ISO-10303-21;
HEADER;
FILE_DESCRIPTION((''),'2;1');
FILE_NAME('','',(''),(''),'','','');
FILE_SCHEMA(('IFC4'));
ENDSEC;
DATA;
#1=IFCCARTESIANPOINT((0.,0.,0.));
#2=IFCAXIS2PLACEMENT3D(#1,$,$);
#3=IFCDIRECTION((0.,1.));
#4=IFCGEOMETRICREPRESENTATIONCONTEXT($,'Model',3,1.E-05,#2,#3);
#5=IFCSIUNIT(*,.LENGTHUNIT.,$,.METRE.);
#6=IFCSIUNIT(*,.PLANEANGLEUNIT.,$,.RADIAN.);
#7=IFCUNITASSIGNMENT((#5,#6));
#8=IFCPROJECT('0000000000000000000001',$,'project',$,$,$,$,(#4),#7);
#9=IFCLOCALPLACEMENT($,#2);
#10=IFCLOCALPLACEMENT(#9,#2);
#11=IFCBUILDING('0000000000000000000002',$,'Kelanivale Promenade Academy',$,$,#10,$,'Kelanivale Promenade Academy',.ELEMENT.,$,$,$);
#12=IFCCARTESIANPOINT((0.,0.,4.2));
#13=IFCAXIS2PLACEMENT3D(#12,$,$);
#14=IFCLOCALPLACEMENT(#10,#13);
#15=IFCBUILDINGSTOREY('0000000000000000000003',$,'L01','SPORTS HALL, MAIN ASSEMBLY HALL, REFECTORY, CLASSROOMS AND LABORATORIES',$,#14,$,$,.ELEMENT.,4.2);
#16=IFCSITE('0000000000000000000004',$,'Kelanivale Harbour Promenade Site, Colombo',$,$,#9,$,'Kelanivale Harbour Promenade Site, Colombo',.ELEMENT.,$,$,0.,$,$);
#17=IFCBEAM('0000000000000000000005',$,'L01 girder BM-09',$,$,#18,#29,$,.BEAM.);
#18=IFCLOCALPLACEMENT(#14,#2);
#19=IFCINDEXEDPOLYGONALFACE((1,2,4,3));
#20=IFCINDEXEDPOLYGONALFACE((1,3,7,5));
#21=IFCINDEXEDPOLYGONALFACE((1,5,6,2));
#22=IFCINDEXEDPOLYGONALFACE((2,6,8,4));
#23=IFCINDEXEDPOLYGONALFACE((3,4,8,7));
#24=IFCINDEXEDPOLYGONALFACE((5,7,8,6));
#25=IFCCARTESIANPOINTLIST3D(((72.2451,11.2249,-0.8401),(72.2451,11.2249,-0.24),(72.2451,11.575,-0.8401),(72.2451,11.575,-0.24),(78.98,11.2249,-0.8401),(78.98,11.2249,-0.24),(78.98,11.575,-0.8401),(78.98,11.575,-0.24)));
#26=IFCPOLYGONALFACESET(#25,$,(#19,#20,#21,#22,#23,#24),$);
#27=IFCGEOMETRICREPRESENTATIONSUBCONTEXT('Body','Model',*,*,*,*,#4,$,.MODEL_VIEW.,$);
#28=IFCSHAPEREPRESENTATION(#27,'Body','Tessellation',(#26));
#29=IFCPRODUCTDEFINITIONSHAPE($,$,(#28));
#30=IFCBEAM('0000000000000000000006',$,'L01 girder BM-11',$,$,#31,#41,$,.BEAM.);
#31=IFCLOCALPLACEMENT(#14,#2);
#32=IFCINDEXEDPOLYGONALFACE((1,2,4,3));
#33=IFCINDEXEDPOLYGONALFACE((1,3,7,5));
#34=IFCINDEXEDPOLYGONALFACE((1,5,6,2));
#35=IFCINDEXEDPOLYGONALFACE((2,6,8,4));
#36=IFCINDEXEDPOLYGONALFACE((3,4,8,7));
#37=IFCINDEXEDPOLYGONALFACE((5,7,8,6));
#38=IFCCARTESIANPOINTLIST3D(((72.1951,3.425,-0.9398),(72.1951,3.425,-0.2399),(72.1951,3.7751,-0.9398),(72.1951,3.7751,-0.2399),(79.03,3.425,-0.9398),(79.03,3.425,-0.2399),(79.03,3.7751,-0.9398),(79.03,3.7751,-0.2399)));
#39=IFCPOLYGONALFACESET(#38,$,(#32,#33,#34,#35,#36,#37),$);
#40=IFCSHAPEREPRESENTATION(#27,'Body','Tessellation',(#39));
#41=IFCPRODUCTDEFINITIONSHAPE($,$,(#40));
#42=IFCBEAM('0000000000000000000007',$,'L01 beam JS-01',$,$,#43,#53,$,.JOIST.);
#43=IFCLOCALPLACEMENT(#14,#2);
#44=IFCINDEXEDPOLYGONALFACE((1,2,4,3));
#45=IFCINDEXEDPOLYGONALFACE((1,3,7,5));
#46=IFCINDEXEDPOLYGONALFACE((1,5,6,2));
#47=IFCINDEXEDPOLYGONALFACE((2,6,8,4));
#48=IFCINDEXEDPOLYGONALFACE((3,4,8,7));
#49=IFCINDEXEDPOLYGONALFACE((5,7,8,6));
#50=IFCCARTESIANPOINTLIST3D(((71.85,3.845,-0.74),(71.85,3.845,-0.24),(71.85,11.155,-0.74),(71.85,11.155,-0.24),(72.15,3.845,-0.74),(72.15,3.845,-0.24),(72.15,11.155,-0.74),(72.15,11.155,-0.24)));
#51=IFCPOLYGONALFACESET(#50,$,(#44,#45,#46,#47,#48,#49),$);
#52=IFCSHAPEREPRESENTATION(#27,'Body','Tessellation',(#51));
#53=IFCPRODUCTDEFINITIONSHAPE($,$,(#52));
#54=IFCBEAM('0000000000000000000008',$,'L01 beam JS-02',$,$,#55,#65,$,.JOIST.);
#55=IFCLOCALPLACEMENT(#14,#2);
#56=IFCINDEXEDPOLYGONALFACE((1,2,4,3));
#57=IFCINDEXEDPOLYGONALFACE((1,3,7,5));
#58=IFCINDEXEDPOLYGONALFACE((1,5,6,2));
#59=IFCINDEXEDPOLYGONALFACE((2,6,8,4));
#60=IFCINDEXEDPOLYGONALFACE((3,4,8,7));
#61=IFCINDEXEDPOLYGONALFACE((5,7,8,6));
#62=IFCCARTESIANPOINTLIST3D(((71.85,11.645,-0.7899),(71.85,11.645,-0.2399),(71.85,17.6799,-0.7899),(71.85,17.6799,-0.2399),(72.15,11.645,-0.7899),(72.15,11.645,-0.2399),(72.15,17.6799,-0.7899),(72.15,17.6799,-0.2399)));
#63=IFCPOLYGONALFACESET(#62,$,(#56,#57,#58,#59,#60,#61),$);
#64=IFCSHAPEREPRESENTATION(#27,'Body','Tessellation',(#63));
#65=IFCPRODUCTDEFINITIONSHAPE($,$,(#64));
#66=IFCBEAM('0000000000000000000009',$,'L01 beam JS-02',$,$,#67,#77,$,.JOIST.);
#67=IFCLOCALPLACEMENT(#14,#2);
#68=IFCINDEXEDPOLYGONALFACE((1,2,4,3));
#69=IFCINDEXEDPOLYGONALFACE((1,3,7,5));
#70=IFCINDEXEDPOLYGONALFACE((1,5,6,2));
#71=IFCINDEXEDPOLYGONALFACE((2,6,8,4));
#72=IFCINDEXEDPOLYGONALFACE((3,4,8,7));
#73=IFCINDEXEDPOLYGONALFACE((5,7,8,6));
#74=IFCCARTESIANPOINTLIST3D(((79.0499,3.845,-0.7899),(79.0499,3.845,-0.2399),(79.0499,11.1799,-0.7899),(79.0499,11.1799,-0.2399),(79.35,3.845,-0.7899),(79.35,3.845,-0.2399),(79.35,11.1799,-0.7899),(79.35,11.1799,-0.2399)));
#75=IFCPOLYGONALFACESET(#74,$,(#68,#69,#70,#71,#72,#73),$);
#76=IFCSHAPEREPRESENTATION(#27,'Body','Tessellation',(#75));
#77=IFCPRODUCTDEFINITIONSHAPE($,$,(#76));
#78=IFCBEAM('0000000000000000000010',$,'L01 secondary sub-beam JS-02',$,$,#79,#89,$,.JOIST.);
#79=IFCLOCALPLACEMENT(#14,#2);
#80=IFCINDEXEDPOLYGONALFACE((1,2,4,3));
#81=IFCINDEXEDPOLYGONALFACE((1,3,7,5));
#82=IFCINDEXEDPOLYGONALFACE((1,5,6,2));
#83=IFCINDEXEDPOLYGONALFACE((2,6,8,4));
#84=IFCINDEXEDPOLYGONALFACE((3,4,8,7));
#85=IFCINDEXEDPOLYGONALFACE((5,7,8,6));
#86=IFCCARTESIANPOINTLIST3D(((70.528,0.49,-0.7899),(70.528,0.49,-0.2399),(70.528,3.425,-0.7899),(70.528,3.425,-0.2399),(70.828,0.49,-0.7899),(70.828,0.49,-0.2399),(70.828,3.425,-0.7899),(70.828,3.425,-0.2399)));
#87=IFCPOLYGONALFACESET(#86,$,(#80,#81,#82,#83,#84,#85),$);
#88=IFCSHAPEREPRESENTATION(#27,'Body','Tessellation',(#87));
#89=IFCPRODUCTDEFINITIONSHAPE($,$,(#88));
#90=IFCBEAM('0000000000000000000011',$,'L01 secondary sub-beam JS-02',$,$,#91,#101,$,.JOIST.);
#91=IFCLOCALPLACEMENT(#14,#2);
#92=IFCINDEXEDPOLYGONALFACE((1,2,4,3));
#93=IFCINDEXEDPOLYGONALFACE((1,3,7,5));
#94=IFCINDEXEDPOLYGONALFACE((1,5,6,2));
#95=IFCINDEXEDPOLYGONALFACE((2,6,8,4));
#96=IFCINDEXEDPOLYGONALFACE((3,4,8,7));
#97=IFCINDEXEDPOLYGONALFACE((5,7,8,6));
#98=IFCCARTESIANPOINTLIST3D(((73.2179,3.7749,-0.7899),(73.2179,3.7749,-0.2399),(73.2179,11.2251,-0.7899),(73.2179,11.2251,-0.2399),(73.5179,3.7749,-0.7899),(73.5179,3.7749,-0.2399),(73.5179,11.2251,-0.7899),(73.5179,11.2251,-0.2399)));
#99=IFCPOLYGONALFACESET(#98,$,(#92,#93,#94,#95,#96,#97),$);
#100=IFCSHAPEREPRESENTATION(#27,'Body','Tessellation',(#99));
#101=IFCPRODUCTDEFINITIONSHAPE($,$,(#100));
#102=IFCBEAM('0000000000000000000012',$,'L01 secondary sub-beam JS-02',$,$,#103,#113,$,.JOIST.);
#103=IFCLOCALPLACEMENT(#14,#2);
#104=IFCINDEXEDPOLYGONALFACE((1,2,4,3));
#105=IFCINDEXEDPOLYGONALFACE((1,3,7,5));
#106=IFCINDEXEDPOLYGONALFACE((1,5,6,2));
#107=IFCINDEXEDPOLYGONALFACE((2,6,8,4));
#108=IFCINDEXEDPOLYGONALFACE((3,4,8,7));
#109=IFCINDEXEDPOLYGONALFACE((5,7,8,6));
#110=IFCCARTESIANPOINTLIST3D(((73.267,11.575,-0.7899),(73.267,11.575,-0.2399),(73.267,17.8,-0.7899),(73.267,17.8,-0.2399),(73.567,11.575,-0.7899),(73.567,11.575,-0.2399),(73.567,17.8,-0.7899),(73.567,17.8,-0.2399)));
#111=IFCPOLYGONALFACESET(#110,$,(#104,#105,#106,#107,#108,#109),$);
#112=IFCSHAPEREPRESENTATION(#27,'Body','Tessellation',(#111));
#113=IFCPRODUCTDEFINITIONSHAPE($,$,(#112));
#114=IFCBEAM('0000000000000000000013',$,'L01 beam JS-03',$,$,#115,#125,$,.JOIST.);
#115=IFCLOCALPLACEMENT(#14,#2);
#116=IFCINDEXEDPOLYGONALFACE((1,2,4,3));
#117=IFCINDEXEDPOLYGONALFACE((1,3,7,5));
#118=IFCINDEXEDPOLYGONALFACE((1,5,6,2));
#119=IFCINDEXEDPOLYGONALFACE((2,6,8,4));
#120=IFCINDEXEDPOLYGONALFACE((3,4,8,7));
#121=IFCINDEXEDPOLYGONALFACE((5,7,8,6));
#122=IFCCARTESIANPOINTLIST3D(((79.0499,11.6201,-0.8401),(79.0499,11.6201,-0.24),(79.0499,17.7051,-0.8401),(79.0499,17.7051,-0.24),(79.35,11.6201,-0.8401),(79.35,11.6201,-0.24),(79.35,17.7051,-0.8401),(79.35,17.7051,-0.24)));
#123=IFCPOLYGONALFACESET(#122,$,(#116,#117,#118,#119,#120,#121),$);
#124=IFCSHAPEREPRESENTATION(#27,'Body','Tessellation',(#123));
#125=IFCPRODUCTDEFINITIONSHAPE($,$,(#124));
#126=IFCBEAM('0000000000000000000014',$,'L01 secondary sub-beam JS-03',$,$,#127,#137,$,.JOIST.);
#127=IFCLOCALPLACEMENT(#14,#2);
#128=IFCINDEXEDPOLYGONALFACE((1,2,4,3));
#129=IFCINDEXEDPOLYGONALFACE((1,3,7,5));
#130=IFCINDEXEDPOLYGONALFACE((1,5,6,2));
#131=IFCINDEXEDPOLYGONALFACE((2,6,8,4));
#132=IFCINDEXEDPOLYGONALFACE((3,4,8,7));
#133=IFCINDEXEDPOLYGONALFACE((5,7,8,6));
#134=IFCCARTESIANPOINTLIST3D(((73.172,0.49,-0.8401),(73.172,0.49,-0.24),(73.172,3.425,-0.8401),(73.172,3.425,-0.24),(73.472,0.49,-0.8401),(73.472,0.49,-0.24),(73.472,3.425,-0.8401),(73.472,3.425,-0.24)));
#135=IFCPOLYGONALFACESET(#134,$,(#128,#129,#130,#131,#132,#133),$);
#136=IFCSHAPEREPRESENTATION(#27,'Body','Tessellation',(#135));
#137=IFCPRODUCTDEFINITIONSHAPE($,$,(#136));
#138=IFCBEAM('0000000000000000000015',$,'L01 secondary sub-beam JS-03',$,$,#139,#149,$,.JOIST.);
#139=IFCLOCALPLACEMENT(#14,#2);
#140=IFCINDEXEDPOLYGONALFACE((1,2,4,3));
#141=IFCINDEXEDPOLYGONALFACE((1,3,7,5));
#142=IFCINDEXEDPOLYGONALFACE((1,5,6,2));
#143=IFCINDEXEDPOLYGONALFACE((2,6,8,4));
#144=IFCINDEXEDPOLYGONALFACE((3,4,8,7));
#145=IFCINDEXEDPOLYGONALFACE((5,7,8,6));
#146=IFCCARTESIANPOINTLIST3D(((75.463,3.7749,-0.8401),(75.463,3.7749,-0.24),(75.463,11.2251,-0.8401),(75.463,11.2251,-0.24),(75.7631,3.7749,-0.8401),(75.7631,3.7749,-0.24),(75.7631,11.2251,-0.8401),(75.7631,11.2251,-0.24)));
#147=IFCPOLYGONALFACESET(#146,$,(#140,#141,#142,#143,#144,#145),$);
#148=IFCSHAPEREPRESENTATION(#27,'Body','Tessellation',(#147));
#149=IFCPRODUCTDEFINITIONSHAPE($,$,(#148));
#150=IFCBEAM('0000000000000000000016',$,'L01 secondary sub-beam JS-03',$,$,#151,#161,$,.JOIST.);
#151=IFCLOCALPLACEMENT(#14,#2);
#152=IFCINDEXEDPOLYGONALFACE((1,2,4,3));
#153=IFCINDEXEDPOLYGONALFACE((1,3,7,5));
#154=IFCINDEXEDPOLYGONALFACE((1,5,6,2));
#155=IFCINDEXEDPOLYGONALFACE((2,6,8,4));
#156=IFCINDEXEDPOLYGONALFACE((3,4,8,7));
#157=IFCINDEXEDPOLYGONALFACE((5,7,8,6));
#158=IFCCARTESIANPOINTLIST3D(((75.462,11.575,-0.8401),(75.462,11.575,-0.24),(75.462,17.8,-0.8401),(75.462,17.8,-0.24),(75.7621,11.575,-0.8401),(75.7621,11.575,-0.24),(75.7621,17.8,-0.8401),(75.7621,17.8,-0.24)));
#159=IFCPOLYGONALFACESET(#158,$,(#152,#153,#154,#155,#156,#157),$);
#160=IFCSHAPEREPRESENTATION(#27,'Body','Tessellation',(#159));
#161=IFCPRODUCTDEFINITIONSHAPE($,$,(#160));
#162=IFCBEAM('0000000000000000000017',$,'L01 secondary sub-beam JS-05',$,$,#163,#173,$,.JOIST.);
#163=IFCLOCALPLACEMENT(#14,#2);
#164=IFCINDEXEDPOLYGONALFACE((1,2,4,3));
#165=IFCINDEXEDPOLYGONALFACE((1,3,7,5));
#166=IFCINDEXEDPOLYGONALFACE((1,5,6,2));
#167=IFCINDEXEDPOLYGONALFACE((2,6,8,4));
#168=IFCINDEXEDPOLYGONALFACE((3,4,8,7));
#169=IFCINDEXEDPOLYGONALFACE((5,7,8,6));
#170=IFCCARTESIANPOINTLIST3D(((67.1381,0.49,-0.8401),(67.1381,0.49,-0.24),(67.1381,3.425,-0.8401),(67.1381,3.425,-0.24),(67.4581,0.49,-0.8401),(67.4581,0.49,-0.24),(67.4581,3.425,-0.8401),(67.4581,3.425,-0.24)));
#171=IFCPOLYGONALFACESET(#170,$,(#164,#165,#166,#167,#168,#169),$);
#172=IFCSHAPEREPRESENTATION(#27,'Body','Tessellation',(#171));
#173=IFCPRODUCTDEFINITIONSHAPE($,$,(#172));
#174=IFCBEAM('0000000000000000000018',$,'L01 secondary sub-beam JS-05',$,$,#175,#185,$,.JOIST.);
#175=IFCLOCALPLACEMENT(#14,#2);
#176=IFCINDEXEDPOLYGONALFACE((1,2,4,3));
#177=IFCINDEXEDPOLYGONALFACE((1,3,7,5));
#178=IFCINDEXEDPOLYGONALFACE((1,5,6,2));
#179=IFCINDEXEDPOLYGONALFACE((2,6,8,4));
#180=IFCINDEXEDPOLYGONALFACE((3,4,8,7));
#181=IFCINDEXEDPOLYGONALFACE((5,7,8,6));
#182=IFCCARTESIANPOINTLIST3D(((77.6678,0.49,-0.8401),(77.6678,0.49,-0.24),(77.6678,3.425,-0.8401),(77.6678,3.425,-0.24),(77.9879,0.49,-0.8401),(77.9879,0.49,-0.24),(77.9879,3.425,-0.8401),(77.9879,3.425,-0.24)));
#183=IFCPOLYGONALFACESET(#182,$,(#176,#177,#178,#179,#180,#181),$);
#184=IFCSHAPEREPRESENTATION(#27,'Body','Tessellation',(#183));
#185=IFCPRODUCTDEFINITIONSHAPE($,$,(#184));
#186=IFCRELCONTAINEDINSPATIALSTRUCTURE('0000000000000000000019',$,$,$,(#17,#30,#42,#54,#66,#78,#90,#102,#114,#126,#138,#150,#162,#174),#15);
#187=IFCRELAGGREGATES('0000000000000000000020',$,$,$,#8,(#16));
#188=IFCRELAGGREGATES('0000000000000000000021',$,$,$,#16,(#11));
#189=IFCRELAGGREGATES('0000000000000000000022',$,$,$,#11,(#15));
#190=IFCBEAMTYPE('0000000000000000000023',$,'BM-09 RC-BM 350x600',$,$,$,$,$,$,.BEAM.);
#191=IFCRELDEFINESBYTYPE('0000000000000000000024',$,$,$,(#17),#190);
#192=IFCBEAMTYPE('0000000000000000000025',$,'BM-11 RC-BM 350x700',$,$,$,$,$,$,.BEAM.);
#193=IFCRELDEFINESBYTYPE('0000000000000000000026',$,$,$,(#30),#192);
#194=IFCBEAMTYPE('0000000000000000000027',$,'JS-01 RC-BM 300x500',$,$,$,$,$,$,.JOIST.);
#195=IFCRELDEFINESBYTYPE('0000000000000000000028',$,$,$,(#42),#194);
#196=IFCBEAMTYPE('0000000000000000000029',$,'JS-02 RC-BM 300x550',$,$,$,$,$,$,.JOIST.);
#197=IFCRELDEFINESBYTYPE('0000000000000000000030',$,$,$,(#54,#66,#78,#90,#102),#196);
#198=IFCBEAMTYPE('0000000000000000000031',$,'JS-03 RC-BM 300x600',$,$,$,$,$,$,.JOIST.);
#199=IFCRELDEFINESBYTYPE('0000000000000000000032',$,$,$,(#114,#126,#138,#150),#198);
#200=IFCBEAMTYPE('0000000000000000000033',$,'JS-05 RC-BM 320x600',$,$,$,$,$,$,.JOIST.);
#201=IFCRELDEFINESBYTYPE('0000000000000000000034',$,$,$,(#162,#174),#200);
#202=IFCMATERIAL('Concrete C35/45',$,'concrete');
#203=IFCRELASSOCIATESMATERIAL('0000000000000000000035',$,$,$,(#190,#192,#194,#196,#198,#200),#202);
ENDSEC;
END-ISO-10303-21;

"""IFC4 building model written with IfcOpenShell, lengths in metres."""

from ifc_helpers import new_model, si_unit, direction, frame, origin, origin_2d, place, context, subcontext, project, spatial, rectangle, extrude, material, material_profile, profile_set, type_object, element, save


model = new_model("IFC4")

# Units and contexts
model_context = context("Model", 3, precision=1e-05, world=origin(), true_north=direction((0.0, 1.0)))
body_context = subcontext(model_context, "Body", "Model", "MODEL_VIEW")
ifc_project = project(units=[si_unit("LENGTHUNIT", "METRE"), si_unit("PLANEANGLEUNIT", "RADIAN")], contexts=[model_context])

# Site, building, storey
site_placement = place(None, origin())
site = spatial("IfcSite", under=ifc_project, at=site_placement, Name="Kelanivale Harbour Promenade Site, Colombo", LongName="Kelanivale Harbour Promenade Site, Colombo", CompositionType="ELEMENT", RefElevation=0.0)
building_placement = place(site_placement, origin())
building = spatial("IfcBuilding", under=site, at=building_placement, Name="Kelanivale Promenade Academy", LongName="Kelanivale Promenade Academy", CompositionType="ELEMENT")
storey_placement = place(building_placement, frame((0.0, 0.0, 4.2)))
storey = spatial("IfcBuildingStorey", under=building, at=storey_placement, Name="L01", Description="SPORTS HALL, MAIN ASSEMBLY HALL, REFECTORY, CLASSROOMS AND LABORATORIES", CompositionType="ELEMENT", Elevation=4.2)

# Beams
ifc_material_1 = material(Name="Concrete C35/45", Category="concrete")
ifc_material_profile_1 = material_profile(ifc_material_1, rectangle(XDim=0.3501, YDim=0.6001, at=origin_2d()), Name="RC-BM 350x600")
ifc_profile_set_1 = profile_set([ifc_material_profile_1], Name="Concrete C35/45")
beam_type_1 = type_object("IfcBeamType", Name="BM-09 RC-BM 350x600", PredefinedType="BEAM", material=ifc_profile_set_1)
beam_1_placement = place(storey_placement, frame((72.2451, 11.3999, -0.54), z_axis=(1.0, 0.0, 0.0), x_axis=(0.0, 1.0, 0.0)))
element("IfcBeam", 1, at=beam_1_placement, inside=storey, type_object=beam_type_1, Name="L01 girder BM-09", PredefinedType="BEAM", context=body_context, shape_type="SweptSolid", body=[
    extrude(rectangle(XDim=0.3501, YDim=0.6001, at=origin_2d()), origin(), (0.0, 0.0, 1.0), 6.7349),
])
ifc_material_profile_2 = material_profile(ifc_material_1, rectangle(XDim=0.3501, YDim=0.7, at=origin_2d()), Name="RC-BM 350x700")
ifc_profile_set_2 = profile_set([ifc_material_profile_2], Name="Concrete C35/45")
beam_type_2 = type_object("IfcBeamType", Name="BM-11 RC-BM 350x700", PredefinedType="BEAM", material=ifc_profile_set_2)
beam_2_placement = place(storey_placement, frame((72.1951, 3.6001, -0.5898), z_axis=(1.0, 0.0, 0.0), x_axis=(0.0, 1.0, 0.0)))
element("IfcBeam", 2, at=beam_2_placement, inside=storey, type_object=beam_type_2, Name="L01 girder BM-11", PredefinedType="BEAM", context=body_context, shape_type="SweptSolid", body=[
    extrude(rectangle(XDim=0.3501, YDim=0.7, at=origin_2d()), origin(), (0.0, 0.0, 1.0), 6.835),
])
ifc_material_profile_3 = material_profile(ifc_material_1, rectangle(XDim=0.3, YDim=0.5, at=origin_2d()), Name="RC-BM 300x500")
ifc_profile_set_3 = profile_set([ifc_material_profile_3], Name="Concrete C35/45")
beam_type_3 = type_object("IfcBeamType", Name="JS-01 RC-BM 300x500", PredefinedType="JOIST", material=ifc_profile_set_3)
beam_3_placement = place(storey_placement, frame((72.0, 3.845, -0.49), z_axis=(0.0, 1.0, 0.0), x_axis=(-1.0, 0.0, 0.0)))
element("IfcBeam", 3, at=beam_3_placement, inside=storey, type_object=beam_type_3, Name="L01 beam JS-01", PredefinedType="JOIST", context=body_context, shape_type="SweptSolid", body=[
    extrude(rectangle(XDim=0.3, YDim=0.5, at=origin_2d()), origin(), (0.0, 0.0, 1.0), 7.3101),
])
ifc_material_profile_4 = material_profile(ifc_material_1, rectangle(XDim=0.3, YDim=0.55, at=origin_2d()), Name="RC-BM 300x550")
ifc_profile_set_4 = profile_set([ifc_material_profile_4], Name="Concrete C35/45")
beam_type_4 = type_object("IfcBeamType", Name="JS-02 RC-BM 300x550", PredefinedType="JOIST", material=ifc_profile_set_4)
beam_4_placement = place(storey_placement, frame((72.0, 11.645, -0.5149), z_axis=(0.0, 1.0, 0.0), x_axis=(-1.0, 0.0, 0.0)))
element("IfcBeam", 4, at=beam_4_placement, inside=storey, type_object=beam_type_4, Name="L01 beam JS-02", PredefinedType="JOIST", context=body_context, shape_type="SweptSolid", body=[
    extrude(rectangle(XDim=0.3, YDim=0.55, at=origin_2d()), origin(), (0.0, 0.0, 1.0), 6.0349),
])
beam_5_placement = place(storey_placement, frame((79.2, 3.845, -0.5149), z_axis=(0.0, 1.0, 0.0), x_axis=(-1.0, 0.0, 0.0)))
element("IfcBeam", 5, at=beam_5_placement, inside=storey, type_object=beam_type_4, Name="L01 beam JS-02", PredefinedType="JOIST", context=body_context, shape_type="SweptSolid", body=[
    extrude(rectangle(XDim=0.3, YDim=0.55, at=origin_2d()), origin(), (0.0, 0.0, 1.0), 7.335),
])
beam_6_placement = place(storey_placement, frame((70.678, 0.49, -0.5149), z_axis=(0.0, 1.0, 0.0), x_axis=(-1.0, 0.0, 0.0)))
element("IfcBeam", 6, at=beam_6_placement, inside=storey, type_object=beam_type_4, Name="L01 secondary sub-beam JS-02", PredefinedType="JOIST", context=body_context, shape_type="SweptSolid", body=[
    extrude(rectangle(XDim=0.3, YDim=0.55, at=origin_2d()), origin(), (0.0, 0.0, 1.0), 2.9351),
])
beam_7_placement = place(storey_placement, frame((73.3679, 3.7749, -0.5149), z_axis=(0.0, 1.0, 0.0), x_axis=(-1.0, 0.0, 0.0)))
element("IfcBeam", 7, at=beam_7_placement, inside=storey, type_object=beam_type_4, Name="L01 secondary sub-beam JS-02", PredefinedType="JOIST", context=body_context, shape_type="SweptSolid", body=[
    extrude(rectangle(XDim=0.3, YDim=0.55, at=origin_2d()), origin(), (0.0, 0.0, 1.0), 7.4502),
])
beam_8_placement = place(storey_placement, frame((73.417, 11.575, -0.5149), z_axis=(0.0, 1.0, 0.0), x_axis=(-1.0, 0.0, 0.0)))
element("IfcBeam", 8, at=beam_8_placement, inside=storey, type_object=beam_type_4, Name="L01 secondary sub-beam JS-02", PredefinedType="JOIST", context=body_context, shape_type="SweptSolid", body=[
    extrude(rectangle(XDim=0.3, YDim=0.55, at=origin_2d()), origin(), (0.0, 0.0, 1.0), 6.2251),
])
ifc_material_profile_5 = material_profile(ifc_material_1, rectangle(XDim=0.3, YDim=0.6001, at=origin_2d()), Name="RC-BM 300x600")
ifc_profile_set_5 = profile_set([ifc_material_profile_5], Name="Concrete C35/45")
beam_type_5 = type_object("IfcBeamType", Name="JS-03 RC-BM 300x600", PredefinedType="JOIST", material=ifc_profile_set_5)
beam_9_placement = place(storey_placement, frame((79.2, 11.6201, -0.54), z_axis=(0.0, 1.0, 0.0), x_axis=(-1.0, 0.0, 0.0)))
element("IfcBeam", 9, at=beam_9_placement, inside=storey, type_object=beam_type_5, Name="L01 beam JS-03", PredefinedType="JOIST", context=body_context, shape_type="SweptSolid", body=[
    extrude(rectangle(XDim=0.3, YDim=0.6001, at=origin_2d()), origin(), (0.0, 0.0, 1.0), 6.085),
])
beam_10_placement = place(storey_placement, frame((73.322, 0.49, -0.54), z_axis=(0.0, 1.0, 0.0), x_axis=(-1.0, 0.0, 0.0)))
element("IfcBeam", 10, at=beam_10_placement, inside=storey, type_object=beam_type_5, Name="L01 secondary sub-beam JS-03", PredefinedType="JOIST", context=body_context, shape_type="SweptSolid", body=[
    extrude(rectangle(XDim=0.3, YDim=0.6001, at=origin_2d()), origin(), (0.0, 0.0, 1.0), 2.9351),
])
beam_11_placement = place(storey_placement, frame((75.613, 3.7749, -0.54), z_axis=(0.0, 1.0, 0.0), x_axis=(-1.0, 0.0, 0.0)))
element("IfcBeam", 11, at=beam_11_placement, inside=storey, type_object=beam_type_5, Name="L01 secondary sub-beam JS-03", PredefinedType="JOIST", context=body_context, shape_type="SweptSolid", body=[
    extrude(rectangle(XDim=0.3, YDim=0.6001, at=origin_2d()), origin(), (0.0, 0.0, 1.0), 7.4502),
])
beam_12_placement = place(storey_placement, frame((75.6121, 11.575, -0.54), z_axis=(0.0, 1.0, 0.0), x_axis=(-1.0, 0.0, 0.0)))
element("IfcBeam", 12, at=beam_12_placement, inside=storey, type_object=beam_type_5, Name="L01 secondary sub-beam JS-03", PredefinedType="JOIST", context=body_context, shape_type="SweptSolid", body=[
    extrude(rectangle(XDim=0.3, YDim=0.6001, at=origin_2d()), origin(), (0.0, 0.0, 1.0), 6.2251),
])
ifc_material_profile_6 = material_profile(ifc_material_1, rectangle(XDim=0.3201, YDim=0.6001, at=origin_2d()), Name="RC-BM 320x600")
ifc_profile_set_6 = profile_set([ifc_material_profile_6], Name="Concrete C35/45")
beam_type_6 = type_object("IfcBeamType", Name="JS-05 RC-BM 320x600", PredefinedType="JOIST", material=ifc_profile_set_6)
for number, where, z_axis, x_axis, name in (
    (13, (67.2981, 0.49, -0.54), (0.0, 1.0, 0.0), (-1.0, 0.0, 0.0), "L01 secondary sub-beam JS-05"),
    (14, (77.8279, 0.49, -0.54), (0.0, 1.0, 0.0), (-1.0, 0.0, 0.0), "L01 secondary sub-beam JS-05"),
):
    element("IfcBeam", number, at=place(storey_placement, frame(where, z_axis=z_axis, x_axis=x_axis)), inside=storey, type_object=beam_type_6, Name=name, PredefinedType="JOIST", context=body_context, shape_type="SweptSolid", body=[
        extrude(rectangle(XDim=0.3201, YDim=0.6001, at=origin_2d()), origin(), (0.0, 0.0, 1.0), 2.9351),
    ])

save(model, "model.ifc")
